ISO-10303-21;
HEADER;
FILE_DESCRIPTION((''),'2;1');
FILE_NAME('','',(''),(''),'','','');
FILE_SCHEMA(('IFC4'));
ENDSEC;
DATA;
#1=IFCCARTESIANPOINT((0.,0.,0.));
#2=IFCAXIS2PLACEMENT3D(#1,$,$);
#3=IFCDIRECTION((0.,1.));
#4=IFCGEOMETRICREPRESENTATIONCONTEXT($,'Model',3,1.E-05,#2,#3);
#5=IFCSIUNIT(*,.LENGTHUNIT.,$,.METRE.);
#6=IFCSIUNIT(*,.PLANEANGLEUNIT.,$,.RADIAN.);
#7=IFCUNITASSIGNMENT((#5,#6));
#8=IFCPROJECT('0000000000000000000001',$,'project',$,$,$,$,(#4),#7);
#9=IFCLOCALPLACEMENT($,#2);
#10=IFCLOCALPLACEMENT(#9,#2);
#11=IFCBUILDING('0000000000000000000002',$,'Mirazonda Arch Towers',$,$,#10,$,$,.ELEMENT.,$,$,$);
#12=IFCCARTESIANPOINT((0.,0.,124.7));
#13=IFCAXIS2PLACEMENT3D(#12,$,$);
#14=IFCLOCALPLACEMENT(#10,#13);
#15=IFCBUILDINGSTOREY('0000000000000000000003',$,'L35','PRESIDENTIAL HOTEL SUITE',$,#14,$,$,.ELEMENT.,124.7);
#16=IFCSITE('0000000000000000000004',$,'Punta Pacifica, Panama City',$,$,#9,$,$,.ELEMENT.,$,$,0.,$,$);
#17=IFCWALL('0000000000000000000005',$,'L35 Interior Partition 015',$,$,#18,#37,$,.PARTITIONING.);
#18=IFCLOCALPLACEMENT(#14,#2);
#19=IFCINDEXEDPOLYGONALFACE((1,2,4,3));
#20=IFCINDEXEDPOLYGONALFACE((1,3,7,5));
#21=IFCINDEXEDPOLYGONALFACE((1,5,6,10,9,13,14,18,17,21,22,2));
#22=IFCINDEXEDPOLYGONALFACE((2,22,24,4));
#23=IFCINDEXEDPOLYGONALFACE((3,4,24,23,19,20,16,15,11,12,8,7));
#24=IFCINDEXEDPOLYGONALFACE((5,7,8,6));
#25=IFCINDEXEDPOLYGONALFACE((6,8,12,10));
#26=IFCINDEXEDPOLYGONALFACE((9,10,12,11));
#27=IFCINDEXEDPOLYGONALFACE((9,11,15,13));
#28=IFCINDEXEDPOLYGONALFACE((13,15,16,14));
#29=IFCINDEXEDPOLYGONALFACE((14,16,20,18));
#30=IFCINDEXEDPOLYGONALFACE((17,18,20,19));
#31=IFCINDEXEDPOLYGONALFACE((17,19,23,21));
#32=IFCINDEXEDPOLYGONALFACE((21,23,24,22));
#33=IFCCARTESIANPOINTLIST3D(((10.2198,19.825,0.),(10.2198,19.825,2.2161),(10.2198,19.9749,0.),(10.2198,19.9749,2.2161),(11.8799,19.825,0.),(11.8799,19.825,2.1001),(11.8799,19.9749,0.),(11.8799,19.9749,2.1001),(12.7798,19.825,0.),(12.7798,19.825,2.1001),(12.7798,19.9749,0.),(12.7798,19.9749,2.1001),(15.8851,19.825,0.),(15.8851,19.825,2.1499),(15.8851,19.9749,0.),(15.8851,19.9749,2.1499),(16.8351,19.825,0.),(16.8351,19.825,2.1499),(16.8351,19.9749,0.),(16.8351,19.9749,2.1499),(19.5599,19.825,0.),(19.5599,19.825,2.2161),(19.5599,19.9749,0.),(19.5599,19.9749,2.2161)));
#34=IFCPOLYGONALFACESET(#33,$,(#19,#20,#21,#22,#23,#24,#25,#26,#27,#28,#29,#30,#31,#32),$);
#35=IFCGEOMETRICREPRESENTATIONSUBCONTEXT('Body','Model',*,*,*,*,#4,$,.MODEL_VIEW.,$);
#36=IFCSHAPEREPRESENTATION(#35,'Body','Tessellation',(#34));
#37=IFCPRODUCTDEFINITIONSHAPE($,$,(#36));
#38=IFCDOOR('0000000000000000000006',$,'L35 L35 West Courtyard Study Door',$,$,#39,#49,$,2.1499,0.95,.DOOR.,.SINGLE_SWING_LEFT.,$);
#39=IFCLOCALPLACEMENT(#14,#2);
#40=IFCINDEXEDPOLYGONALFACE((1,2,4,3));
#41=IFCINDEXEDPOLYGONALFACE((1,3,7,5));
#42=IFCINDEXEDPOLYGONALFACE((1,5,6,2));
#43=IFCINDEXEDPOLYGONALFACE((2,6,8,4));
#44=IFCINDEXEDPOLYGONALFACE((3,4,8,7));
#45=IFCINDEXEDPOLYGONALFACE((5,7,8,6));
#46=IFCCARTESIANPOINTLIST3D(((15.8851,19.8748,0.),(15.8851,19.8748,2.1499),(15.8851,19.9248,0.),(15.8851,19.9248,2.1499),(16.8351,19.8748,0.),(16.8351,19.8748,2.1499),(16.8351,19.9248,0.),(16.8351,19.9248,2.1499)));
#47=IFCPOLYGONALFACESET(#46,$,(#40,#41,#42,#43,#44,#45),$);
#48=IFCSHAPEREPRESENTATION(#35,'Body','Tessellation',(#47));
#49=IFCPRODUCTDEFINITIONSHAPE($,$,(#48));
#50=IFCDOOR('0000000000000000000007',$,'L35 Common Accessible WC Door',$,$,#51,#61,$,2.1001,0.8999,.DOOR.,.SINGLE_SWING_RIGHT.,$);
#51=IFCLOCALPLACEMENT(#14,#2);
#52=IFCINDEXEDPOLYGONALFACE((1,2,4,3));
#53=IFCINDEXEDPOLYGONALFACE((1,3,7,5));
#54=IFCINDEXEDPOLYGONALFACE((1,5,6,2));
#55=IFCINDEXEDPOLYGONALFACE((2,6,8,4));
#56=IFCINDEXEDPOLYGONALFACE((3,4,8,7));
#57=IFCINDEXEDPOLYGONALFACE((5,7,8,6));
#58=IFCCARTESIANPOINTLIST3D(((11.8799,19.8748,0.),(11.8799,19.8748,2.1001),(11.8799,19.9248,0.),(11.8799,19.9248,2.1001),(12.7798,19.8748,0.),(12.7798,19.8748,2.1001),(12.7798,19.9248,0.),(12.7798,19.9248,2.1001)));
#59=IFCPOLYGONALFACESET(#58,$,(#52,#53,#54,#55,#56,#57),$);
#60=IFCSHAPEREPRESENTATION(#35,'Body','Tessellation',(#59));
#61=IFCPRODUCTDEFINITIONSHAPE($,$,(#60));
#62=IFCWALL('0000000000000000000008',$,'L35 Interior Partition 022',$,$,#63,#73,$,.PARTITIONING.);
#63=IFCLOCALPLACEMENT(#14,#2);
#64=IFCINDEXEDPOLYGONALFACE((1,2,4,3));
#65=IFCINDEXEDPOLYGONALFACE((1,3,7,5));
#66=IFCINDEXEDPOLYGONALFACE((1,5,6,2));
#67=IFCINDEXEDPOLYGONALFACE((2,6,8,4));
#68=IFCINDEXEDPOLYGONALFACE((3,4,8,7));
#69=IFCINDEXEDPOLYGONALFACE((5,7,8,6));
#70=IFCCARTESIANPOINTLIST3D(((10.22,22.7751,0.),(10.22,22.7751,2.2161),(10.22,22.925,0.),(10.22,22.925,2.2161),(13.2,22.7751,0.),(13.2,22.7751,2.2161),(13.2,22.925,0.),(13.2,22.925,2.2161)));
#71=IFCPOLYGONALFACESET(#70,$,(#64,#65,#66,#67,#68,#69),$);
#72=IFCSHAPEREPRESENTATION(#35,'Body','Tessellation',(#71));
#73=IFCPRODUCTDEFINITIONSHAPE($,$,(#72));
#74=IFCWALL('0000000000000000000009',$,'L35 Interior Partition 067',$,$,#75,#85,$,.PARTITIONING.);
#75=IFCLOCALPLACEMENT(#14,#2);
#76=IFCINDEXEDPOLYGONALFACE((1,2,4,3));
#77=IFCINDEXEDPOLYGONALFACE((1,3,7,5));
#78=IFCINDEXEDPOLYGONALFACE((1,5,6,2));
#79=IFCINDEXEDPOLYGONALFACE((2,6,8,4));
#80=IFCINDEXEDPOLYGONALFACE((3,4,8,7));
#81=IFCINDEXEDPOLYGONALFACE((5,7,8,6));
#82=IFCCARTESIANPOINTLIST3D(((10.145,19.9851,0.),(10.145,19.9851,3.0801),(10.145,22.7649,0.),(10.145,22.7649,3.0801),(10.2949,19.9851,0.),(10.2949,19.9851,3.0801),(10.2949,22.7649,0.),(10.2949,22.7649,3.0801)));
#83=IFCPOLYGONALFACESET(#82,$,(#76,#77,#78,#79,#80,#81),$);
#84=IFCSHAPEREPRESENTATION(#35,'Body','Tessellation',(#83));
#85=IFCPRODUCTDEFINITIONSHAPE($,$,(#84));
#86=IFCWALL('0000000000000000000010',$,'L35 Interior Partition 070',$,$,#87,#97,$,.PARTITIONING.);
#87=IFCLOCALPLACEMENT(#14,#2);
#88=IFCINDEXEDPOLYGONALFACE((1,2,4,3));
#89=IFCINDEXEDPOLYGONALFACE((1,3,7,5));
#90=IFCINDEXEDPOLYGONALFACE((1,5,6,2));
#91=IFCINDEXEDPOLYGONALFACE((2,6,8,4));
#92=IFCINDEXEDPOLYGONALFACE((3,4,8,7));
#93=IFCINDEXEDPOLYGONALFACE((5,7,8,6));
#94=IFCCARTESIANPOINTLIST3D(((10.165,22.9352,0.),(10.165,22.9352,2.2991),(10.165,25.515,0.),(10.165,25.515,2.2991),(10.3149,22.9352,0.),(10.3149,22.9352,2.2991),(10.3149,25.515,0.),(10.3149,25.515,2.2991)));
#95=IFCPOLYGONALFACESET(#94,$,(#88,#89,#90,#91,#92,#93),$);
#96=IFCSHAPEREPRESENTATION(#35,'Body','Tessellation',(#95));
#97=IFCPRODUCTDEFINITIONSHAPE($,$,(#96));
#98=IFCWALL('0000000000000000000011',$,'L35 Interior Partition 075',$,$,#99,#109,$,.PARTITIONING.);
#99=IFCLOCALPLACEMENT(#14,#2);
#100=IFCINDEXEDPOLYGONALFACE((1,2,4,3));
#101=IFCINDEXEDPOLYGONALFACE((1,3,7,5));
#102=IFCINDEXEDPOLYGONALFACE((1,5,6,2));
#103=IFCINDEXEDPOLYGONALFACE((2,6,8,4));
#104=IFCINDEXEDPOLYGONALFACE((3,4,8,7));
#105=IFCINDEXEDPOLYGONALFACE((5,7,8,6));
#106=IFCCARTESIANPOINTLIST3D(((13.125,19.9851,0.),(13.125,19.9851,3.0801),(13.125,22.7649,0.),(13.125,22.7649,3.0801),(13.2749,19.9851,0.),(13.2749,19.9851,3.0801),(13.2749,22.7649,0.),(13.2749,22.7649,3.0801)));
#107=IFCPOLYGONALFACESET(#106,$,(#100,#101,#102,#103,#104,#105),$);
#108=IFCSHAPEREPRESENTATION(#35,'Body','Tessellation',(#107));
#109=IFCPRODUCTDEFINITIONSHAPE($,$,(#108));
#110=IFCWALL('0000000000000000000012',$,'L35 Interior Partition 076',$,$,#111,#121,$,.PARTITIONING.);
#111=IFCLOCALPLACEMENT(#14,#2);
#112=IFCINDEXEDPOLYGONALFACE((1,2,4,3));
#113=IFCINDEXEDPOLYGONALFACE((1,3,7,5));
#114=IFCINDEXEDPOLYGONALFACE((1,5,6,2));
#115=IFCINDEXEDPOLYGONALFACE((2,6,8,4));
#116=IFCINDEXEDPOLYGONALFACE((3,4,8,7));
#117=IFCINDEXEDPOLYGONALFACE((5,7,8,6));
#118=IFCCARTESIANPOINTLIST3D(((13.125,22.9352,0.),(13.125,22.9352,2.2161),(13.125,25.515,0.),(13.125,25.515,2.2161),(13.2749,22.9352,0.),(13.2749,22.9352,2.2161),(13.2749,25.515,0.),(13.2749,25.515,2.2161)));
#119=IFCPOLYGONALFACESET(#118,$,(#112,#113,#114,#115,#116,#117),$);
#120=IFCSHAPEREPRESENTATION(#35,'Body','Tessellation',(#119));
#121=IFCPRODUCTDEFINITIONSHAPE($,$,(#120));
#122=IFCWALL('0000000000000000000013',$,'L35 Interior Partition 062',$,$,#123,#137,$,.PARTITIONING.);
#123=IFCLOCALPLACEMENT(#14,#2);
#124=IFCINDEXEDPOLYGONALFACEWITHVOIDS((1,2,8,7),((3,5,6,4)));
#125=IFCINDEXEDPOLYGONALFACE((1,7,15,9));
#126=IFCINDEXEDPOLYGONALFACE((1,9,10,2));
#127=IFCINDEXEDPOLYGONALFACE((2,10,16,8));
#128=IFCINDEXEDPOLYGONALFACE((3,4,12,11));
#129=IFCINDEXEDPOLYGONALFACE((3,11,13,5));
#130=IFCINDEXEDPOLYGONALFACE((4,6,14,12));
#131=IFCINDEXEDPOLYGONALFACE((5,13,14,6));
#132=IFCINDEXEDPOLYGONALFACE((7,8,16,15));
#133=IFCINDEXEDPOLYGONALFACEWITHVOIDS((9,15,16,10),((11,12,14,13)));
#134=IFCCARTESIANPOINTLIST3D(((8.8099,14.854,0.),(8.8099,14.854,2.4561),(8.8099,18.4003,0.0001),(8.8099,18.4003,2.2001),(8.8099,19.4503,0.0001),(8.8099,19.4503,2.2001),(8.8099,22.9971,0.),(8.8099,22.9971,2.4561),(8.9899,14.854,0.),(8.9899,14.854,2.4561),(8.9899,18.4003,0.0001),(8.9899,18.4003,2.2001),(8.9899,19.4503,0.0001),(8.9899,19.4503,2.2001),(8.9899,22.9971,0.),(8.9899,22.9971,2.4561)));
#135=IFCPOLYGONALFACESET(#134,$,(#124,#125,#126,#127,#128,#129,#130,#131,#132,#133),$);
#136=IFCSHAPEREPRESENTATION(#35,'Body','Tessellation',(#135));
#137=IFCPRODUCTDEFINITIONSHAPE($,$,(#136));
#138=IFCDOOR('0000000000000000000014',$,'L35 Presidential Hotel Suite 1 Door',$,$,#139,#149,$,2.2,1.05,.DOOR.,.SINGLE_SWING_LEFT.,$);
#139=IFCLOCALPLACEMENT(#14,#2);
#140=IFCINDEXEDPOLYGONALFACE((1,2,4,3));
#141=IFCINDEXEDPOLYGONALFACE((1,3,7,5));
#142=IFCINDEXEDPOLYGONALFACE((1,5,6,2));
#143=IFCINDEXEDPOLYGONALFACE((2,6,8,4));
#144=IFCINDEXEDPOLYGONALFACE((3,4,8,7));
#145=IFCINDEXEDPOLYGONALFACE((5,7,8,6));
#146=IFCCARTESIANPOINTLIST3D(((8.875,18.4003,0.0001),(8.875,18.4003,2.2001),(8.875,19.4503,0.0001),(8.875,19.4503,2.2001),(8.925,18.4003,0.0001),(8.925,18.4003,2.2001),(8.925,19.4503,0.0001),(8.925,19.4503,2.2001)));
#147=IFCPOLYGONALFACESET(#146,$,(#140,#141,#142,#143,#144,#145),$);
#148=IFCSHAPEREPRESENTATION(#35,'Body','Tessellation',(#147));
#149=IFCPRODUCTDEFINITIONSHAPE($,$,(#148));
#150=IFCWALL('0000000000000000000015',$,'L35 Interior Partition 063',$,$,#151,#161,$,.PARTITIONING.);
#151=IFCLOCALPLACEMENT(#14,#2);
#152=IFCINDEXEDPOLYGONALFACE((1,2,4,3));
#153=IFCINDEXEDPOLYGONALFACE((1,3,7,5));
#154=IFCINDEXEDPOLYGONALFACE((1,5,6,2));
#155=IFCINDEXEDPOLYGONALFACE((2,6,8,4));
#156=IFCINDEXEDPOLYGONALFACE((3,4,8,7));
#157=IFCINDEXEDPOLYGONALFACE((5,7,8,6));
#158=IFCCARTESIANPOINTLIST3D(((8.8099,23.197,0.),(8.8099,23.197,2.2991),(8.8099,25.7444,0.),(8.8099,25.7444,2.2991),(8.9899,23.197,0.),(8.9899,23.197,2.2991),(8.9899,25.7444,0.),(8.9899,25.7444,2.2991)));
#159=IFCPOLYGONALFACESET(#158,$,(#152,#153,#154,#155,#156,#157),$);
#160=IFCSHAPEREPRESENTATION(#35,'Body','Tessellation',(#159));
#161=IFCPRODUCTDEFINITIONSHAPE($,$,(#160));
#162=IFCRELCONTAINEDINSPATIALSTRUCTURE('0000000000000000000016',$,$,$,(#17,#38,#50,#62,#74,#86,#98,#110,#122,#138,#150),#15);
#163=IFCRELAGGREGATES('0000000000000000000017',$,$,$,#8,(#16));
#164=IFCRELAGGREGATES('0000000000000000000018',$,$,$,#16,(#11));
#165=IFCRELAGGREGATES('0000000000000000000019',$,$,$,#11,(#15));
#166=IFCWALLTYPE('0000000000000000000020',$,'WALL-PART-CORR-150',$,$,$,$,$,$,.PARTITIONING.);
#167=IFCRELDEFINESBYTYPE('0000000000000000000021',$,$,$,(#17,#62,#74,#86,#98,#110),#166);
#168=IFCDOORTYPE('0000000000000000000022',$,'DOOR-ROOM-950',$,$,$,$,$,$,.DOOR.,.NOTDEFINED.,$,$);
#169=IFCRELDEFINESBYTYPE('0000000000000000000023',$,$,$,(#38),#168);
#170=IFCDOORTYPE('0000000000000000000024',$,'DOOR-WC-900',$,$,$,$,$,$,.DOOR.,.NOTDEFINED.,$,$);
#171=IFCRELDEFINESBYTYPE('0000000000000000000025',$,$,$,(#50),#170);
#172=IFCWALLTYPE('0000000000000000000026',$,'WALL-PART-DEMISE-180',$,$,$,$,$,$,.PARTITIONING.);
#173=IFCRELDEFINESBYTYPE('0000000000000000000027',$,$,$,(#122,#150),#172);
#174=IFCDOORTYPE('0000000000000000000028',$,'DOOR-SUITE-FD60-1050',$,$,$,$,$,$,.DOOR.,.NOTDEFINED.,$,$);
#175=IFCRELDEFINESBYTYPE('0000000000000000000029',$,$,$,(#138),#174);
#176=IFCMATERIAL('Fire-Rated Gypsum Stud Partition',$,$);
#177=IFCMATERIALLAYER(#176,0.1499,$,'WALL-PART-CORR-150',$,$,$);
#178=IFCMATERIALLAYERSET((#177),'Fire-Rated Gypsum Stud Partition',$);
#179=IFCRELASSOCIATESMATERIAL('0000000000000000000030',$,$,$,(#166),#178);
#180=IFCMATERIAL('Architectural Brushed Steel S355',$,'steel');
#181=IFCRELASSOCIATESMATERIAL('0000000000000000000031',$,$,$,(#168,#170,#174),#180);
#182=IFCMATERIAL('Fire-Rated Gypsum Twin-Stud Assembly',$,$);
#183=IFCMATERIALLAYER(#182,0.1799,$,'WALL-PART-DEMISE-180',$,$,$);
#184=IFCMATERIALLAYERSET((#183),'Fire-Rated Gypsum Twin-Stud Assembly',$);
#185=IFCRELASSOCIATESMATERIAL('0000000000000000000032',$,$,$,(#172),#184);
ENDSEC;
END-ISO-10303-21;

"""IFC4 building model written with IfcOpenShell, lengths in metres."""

from ifc_helpers import new_model, si_unit, direction, frame, frame_2d, origin, place, context, subcontext, project, spatial, rectangle, extrude, material, layer, layer_set, type_object, element, fill, save


model = new_model("IFC4")

# Units and contexts
model_context = context("Model", 3, precision=1e-05, world=origin(), true_north=direction((0.0, 1.0)))
body_context = subcontext(model_context, "Body", "Model", "MODEL_VIEW")
ifc_project = project(units=[si_unit("LENGTHUNIT", "METRE"), si_unit("PLANEANGLEUNIT", "RADIAN")], contexts=[model_context])

# Site, building, storey
site_placement = place(None, origin())
site = spatial("IfcSite", under=ifc_project, at=site_placement, Name="Punta Pacifica, Panama City", CompositionType="ELEMENT", RefElevation=0.0)
building_placement = place(site_placement, origin())
building = spatial("IfcBuilding", under=site, at=building_placement, Name="Mirazonda Arch Towers", CompositionType="ELEMENT")
storey_placement = place(building_placement, frame((0.0, 0.0, 124.7)))
storey = spatial("IfcBuildingStorey", under=building, at=storey_placement, Name="L35", Description="PRESIDENTIAL HOTEL SUITE", CompositionType="ELEMENT", Elevation=124.7)

# Shared definitions
ifc_material_1 = material(Name="Architectural Brushed Steel S355", Category="steel")

# Shared definitions
ifc_material_2 = material(Name="Fire-Rated Gypsum Stud Partition")
ifc_layer_1 = layer(ifc_material_2, 0.1499, Name="WALL-PART-CORR-150")
ifc_layer_set_1 = layer_set([ifc_layer_1], Name="Fire-Rated Gypsum Stud Partition")
wall_type_1 = type_object("IfcWallType", Name="WALL-PART-CORR-150", PredefinedType="PARTITIONING", material=ifc_layer_set_1)

# Wall, openings, doors
wall_1_placement = place(storey_placement, frame((10.22, 19.8999, 0.0), z_axis=(0.0, 0.0, 1.0), x_axis=(1.0, 0.0, 0.0)))
wall_1 = element("IfcWall", 1, at=wall_1_placement, inside=storey, type_object=wall_type_1, Name="L35 Interior Partition 015", PredefinedType="PARTITIONING", context=body_context, shape_type="SweptSolid", body=[
    extrude(rectangle(XDim=9.3401, YDim=0.1499, at=frame_2d((4.6699, 0.0))), origin(), (0.0, 0.0, 1.0), 2.2161),
])
opening_1_placement = place(wall_1_placement, frame((1.6599, 0.0, 0.0)))
opening_1 = element("IfcOpeningElement", 2, at=opening_1_placement, cuts=wall_1, PredefinedType="OPENING", context=body_context, shape_type="SweptSolid", body=[
    extrude(rectangle(XDim=0.8999, YDim=2.1001, at=frame_2d((0.45, 1.05))), frame((0.0, 0.085, 0.0), z_axis=(0.0, -1.0, 0.0), x_axis=(1.0, 0.0, 0.0)), (0.0, 0.0, 1.0), 0.1699),
])
opening_2_placement = place(wall_1_placement, frame((5.665, 0.0, 0.0)))
opening_2 = element("IfcOpeningElement", 3, at=opening_2_placement, cuts=wall_1, PredefinedType="OPENING", context=body_context, shape_type="SweptSolid", body=[
    extrude(rectangle(XDim=0.95, YDim=2.1499, at=frame_2d((0.4751, 1.075))), frame((0.0, 0.085, 0.0), z_axis=(0.0, -1.0, 0.0), x_axis=(1.0, 0.0, 0.0)), (0.0, 0.0, 1.0), 0.1699),
])
door_type_1 = type_object("IfcDoorType", Name="DOOR-ROOM-950", OperationType="NOTDEFINED", PredefinedType="DOOR", material=ifc_material_1)
door_1_placement = place(opening_2_placement, origin())
door_1 = element("IfcDoor", 4, at=door_1_placement, inside=storey, type_object=door_type_1, Name="L35 L35 West Courtyard Study Door", OperationType="SINGLE_SWING_LEFT", OverallHeight=2.1499, OverallWidth=0.95, PredefinedType="DOOR", context=body_context, shape_type="SweptSolid", body=[
    extrude(rectangle(XDim=0.95, YDim=2.1499, at=frame_2d((0.4751, 1.075))), frame((0.0, 0.0249, 0.0), z_axis=(0.0, -1.0, 0.0), x_axis=(1.0, 0.0, 0.0)), (0.0, 0.0, 1.0), 0.05),
])
fill(opening_2, door_1)
door_type_2 = type_object("IfcDoorType", Name="DOOR-WC-900", OperationType="NOTDEFINED", PredefinedType="DOOR", material=ifc_material_1)
door_2_placement = place(opening_1_placement, origin())
door_2 = element("IfcDoor", 5, at=door_2_placement, inside=storey, type_object=door_type_2, Name="L35 Common Accessible WC Door", OperationType="SINGLE_SWING_RIGHT", OverallHeight=2.1001, OverallWidth=0.8999, PredefinedType="DOOR", context=body_context, shape_type="SweptSolid", body=[
    extrude(rectangle(XDim=0.8999, YDim=2.1001, at=frame_2d((0.45, 1.05))), frame((0.0, 0.0249, 0.0), z_axis=(0.0, -1.0, 0.0), x_axis=(1.0, 0.0, 0.0)), (0.0, 0.0, 1.0), 0.05),
])
fill(opening_1, door_2)

# Walls
wall_2_placement = place(storey_placement, frame((10.22, 22.8501, 0.0), z_axis=(0.0, 0.0, 1.0), x_axis=(1.0, 0.0, 0.0)))
element("IfcWall", 6, at=wall_2_placement, inside=storey, type_object=wall_type_1, Name="L35 Interior Partition 022", PredefinedType="PARTITIONING", context=body_context, shape_type="SweptSolid", body=[
    extrude(rectangle(XDim=2.98, YDim=0.1499, at=frame_2d((1.49, 0.0))), origin(), (0.0, 0.0, 1.0), 2.2161),
])
wall_3_placement = place(storey_placement, frame((10.22, 19.9851, 0.0), z_axis=(0.0, 0.0, 1.0), x_axis=(0.0, 1.0, 0.0)))
element("IfcWall", 7, at=wall_3_placement, inside=storey, type_object=wall_type_1, Name="L35 Interior Partition 067", PredefinedType="PARTITIONING", context=body_context, shape_type="SweptSolid", body=[
    extrude(rectangle(XDim=2.7798, YDim=0.1499, at=frame_2d((1.3899, 0.0))), origin(), (0.0, 0.0, 1.0), 3.0801),
])
wall_4_placement = place(storey_placement, frame((10.24, 22.9351, 0.0), z_axis=(0.0, 0.0, 1.0), x_axis=(0.0, 1.0, 0.0)))
element("IfcWall", 8, at=wall_4_placement, inside=storey, type_object=wall_type_1, Name="L35 Interior Partition 070", PredefinedType="PARTITIONING", context=body_context, shape_type="SweptSolid", body=[
    extrude(rectangle(XDim=2.5798, YDim=0.1499, at=frame_2d((1.29, 0.0))), origin(), (0.0, 0.0, 1.0), 2.2991),
])
wall_5_placement = place(storey_placement, frame((13.2, 19.9851, 0.0), z_axis=(0.0, 0.0, 1.0), x_axis=(0.0, 1.0, 0.0)))
element("IfcWall", 9, at=wall_5_placement, inside=storey, type_object=wall_type_1, Name="L35 Interior Partition 075", PredefinedType="PARTITIONING", context=body_context, shape_type="SweptSolid", body=[
    extrude(rectangle(XDim=2.7798, YDim=0.1499, at=frame_2d((1.3899, 0.0))), origin(), (0.0, 0.0, 1.0), 3.0801),
])
wall_6_placement = place(storey_placement, frame((13.2, 22.9351, 0.0), z_axis=(0.0, 0.0, 1.0), x_axis=(0.0, 1.0, 0.0)))
element("IfcWall", 10, at=wall_6_placement, inside=storey, type_object=wall_type_1, Name="L35 Interior Partition 076", PredefinedType="PARTITIONING", context=body_context, shape_type="SweptSolid", body=[
    extrude(rectangle(XDim=2.5798, YDim=0.1499, at=frame_2d((1.29, 0.0))), origin(), (0.0, 0.0, 1.0), 2.2161),
])

# Wall, opening, door
ifc_material_3 = material(Name="Fire-Rated Gypsum Twin-Stud Assembly")
ifc_layer_2 = layer(ifc_material_3, 0.1799, Name="WALL-PART-DEMISE-180")
ifc_layer_set_2 = layer_set([ifc_layer_2], Name="Fire-Rated Gypsum Twin-Stud Assembly")
wall_type_2 = type_object("IfcWallType", Name="WALL-PART-DEMISE-180", PredefinedType="PARTITIONING", material=ifc_layer_set_2)
wall_7_placement = place(storey_placement, frame((8.8999, 14.854, 0.0), z_axis=(0.0, 0.0, 1.0), x_axis=(0.0, 1.0, 0.0)))
wall_7 = element("IfcWall", 11, at=wall_7_placement, inside=storey, type_object=wall_type_2, Name="L35 Interior Partition 062", PredefinedType="PARTITIONING", context=body_context, shape_type="SweptSolid", body=[
    extrude(rectangle(XDim=8.1431, YDim=0.1799, at=frame_2d((4.0715, 0.0))), origin(), (0.0, 0.0, 1.0), 2.4561),
])
opening_3_placement = place(wall_7_placement, frame((3.5464, 0.0, 0.0)))
opening_3 = element("IfcOpeningElement", 12, at=opening_3_placement, cuts=wall_7, PredefinedType="OPENING", context=body_context, shape_type="SweptSolid", body=[
    extrude(rectangle(XDim=1.05, YDim=2.2, at=frame_2d((0.5249, 1.1001))), frame((0.0, 0.0999, 0.0), z_axis=(0.0, -1.0, 0.0), x_axis=(1.0, 0.0, 0.0)), (0.0, 0.0, 1.0), 0.2),
])
door_type_3 = type_object("IfcDoorType", Name="DOOR-SUITE-FD60-1050", OperationType="NOTDEFINED", PredefinedType="DOOR", material=ifc_material_1)
door_3_placement = place(opening_3_placement, origin())
door_3 = element("IfcDoor", 13, at=door_3_placement, inside=storey, type_object=door_type_3, Name="L35 Presidential Hotel Suite 1 Door", OperationType="SINGLE_SWING_LEFT", OverallHeight=2.2, OverallWidth=1.05, PredefinedType="DOOR", context=body_context, shape_type="SweptSolid", body=[
    extrude(rectangle(XDim=1.05, YDim=2.2, at=frame_2d((0.5249, 1.1001))), frame((0.0, 0.0249, 0.0), z_axis=(0.0, -1.0, 0.0), x_axis=(1.0, 0.0, 0.0)), (0.0, 0.0, 1.0), 0.05),
])
fill(opening_3, door_3)

# Wall
wall_8_placement = place(storey_placement, frame((8.8999, 23.197, 0.0), z_axis=(0.0, 0.0, 1.0), x_axis=(0.0, 1.0, 0.0)))
element("IfcWall", 14, at=wall_8_placement, inside=storey, type_object=wall_type_2, Name="L35 Interior Partition 063", PredefinedType="PARTITIONING", context=body_context, shape_type="SweptSolid", body=[
    extrude(rectangle(XDim=2.5474, YDim=0.1799, at=frame_2d((1.2737, 0.0))), origin(), (0.0, 0.0, 1.0), 2.2991),
])

save(model, "model.ifc")
